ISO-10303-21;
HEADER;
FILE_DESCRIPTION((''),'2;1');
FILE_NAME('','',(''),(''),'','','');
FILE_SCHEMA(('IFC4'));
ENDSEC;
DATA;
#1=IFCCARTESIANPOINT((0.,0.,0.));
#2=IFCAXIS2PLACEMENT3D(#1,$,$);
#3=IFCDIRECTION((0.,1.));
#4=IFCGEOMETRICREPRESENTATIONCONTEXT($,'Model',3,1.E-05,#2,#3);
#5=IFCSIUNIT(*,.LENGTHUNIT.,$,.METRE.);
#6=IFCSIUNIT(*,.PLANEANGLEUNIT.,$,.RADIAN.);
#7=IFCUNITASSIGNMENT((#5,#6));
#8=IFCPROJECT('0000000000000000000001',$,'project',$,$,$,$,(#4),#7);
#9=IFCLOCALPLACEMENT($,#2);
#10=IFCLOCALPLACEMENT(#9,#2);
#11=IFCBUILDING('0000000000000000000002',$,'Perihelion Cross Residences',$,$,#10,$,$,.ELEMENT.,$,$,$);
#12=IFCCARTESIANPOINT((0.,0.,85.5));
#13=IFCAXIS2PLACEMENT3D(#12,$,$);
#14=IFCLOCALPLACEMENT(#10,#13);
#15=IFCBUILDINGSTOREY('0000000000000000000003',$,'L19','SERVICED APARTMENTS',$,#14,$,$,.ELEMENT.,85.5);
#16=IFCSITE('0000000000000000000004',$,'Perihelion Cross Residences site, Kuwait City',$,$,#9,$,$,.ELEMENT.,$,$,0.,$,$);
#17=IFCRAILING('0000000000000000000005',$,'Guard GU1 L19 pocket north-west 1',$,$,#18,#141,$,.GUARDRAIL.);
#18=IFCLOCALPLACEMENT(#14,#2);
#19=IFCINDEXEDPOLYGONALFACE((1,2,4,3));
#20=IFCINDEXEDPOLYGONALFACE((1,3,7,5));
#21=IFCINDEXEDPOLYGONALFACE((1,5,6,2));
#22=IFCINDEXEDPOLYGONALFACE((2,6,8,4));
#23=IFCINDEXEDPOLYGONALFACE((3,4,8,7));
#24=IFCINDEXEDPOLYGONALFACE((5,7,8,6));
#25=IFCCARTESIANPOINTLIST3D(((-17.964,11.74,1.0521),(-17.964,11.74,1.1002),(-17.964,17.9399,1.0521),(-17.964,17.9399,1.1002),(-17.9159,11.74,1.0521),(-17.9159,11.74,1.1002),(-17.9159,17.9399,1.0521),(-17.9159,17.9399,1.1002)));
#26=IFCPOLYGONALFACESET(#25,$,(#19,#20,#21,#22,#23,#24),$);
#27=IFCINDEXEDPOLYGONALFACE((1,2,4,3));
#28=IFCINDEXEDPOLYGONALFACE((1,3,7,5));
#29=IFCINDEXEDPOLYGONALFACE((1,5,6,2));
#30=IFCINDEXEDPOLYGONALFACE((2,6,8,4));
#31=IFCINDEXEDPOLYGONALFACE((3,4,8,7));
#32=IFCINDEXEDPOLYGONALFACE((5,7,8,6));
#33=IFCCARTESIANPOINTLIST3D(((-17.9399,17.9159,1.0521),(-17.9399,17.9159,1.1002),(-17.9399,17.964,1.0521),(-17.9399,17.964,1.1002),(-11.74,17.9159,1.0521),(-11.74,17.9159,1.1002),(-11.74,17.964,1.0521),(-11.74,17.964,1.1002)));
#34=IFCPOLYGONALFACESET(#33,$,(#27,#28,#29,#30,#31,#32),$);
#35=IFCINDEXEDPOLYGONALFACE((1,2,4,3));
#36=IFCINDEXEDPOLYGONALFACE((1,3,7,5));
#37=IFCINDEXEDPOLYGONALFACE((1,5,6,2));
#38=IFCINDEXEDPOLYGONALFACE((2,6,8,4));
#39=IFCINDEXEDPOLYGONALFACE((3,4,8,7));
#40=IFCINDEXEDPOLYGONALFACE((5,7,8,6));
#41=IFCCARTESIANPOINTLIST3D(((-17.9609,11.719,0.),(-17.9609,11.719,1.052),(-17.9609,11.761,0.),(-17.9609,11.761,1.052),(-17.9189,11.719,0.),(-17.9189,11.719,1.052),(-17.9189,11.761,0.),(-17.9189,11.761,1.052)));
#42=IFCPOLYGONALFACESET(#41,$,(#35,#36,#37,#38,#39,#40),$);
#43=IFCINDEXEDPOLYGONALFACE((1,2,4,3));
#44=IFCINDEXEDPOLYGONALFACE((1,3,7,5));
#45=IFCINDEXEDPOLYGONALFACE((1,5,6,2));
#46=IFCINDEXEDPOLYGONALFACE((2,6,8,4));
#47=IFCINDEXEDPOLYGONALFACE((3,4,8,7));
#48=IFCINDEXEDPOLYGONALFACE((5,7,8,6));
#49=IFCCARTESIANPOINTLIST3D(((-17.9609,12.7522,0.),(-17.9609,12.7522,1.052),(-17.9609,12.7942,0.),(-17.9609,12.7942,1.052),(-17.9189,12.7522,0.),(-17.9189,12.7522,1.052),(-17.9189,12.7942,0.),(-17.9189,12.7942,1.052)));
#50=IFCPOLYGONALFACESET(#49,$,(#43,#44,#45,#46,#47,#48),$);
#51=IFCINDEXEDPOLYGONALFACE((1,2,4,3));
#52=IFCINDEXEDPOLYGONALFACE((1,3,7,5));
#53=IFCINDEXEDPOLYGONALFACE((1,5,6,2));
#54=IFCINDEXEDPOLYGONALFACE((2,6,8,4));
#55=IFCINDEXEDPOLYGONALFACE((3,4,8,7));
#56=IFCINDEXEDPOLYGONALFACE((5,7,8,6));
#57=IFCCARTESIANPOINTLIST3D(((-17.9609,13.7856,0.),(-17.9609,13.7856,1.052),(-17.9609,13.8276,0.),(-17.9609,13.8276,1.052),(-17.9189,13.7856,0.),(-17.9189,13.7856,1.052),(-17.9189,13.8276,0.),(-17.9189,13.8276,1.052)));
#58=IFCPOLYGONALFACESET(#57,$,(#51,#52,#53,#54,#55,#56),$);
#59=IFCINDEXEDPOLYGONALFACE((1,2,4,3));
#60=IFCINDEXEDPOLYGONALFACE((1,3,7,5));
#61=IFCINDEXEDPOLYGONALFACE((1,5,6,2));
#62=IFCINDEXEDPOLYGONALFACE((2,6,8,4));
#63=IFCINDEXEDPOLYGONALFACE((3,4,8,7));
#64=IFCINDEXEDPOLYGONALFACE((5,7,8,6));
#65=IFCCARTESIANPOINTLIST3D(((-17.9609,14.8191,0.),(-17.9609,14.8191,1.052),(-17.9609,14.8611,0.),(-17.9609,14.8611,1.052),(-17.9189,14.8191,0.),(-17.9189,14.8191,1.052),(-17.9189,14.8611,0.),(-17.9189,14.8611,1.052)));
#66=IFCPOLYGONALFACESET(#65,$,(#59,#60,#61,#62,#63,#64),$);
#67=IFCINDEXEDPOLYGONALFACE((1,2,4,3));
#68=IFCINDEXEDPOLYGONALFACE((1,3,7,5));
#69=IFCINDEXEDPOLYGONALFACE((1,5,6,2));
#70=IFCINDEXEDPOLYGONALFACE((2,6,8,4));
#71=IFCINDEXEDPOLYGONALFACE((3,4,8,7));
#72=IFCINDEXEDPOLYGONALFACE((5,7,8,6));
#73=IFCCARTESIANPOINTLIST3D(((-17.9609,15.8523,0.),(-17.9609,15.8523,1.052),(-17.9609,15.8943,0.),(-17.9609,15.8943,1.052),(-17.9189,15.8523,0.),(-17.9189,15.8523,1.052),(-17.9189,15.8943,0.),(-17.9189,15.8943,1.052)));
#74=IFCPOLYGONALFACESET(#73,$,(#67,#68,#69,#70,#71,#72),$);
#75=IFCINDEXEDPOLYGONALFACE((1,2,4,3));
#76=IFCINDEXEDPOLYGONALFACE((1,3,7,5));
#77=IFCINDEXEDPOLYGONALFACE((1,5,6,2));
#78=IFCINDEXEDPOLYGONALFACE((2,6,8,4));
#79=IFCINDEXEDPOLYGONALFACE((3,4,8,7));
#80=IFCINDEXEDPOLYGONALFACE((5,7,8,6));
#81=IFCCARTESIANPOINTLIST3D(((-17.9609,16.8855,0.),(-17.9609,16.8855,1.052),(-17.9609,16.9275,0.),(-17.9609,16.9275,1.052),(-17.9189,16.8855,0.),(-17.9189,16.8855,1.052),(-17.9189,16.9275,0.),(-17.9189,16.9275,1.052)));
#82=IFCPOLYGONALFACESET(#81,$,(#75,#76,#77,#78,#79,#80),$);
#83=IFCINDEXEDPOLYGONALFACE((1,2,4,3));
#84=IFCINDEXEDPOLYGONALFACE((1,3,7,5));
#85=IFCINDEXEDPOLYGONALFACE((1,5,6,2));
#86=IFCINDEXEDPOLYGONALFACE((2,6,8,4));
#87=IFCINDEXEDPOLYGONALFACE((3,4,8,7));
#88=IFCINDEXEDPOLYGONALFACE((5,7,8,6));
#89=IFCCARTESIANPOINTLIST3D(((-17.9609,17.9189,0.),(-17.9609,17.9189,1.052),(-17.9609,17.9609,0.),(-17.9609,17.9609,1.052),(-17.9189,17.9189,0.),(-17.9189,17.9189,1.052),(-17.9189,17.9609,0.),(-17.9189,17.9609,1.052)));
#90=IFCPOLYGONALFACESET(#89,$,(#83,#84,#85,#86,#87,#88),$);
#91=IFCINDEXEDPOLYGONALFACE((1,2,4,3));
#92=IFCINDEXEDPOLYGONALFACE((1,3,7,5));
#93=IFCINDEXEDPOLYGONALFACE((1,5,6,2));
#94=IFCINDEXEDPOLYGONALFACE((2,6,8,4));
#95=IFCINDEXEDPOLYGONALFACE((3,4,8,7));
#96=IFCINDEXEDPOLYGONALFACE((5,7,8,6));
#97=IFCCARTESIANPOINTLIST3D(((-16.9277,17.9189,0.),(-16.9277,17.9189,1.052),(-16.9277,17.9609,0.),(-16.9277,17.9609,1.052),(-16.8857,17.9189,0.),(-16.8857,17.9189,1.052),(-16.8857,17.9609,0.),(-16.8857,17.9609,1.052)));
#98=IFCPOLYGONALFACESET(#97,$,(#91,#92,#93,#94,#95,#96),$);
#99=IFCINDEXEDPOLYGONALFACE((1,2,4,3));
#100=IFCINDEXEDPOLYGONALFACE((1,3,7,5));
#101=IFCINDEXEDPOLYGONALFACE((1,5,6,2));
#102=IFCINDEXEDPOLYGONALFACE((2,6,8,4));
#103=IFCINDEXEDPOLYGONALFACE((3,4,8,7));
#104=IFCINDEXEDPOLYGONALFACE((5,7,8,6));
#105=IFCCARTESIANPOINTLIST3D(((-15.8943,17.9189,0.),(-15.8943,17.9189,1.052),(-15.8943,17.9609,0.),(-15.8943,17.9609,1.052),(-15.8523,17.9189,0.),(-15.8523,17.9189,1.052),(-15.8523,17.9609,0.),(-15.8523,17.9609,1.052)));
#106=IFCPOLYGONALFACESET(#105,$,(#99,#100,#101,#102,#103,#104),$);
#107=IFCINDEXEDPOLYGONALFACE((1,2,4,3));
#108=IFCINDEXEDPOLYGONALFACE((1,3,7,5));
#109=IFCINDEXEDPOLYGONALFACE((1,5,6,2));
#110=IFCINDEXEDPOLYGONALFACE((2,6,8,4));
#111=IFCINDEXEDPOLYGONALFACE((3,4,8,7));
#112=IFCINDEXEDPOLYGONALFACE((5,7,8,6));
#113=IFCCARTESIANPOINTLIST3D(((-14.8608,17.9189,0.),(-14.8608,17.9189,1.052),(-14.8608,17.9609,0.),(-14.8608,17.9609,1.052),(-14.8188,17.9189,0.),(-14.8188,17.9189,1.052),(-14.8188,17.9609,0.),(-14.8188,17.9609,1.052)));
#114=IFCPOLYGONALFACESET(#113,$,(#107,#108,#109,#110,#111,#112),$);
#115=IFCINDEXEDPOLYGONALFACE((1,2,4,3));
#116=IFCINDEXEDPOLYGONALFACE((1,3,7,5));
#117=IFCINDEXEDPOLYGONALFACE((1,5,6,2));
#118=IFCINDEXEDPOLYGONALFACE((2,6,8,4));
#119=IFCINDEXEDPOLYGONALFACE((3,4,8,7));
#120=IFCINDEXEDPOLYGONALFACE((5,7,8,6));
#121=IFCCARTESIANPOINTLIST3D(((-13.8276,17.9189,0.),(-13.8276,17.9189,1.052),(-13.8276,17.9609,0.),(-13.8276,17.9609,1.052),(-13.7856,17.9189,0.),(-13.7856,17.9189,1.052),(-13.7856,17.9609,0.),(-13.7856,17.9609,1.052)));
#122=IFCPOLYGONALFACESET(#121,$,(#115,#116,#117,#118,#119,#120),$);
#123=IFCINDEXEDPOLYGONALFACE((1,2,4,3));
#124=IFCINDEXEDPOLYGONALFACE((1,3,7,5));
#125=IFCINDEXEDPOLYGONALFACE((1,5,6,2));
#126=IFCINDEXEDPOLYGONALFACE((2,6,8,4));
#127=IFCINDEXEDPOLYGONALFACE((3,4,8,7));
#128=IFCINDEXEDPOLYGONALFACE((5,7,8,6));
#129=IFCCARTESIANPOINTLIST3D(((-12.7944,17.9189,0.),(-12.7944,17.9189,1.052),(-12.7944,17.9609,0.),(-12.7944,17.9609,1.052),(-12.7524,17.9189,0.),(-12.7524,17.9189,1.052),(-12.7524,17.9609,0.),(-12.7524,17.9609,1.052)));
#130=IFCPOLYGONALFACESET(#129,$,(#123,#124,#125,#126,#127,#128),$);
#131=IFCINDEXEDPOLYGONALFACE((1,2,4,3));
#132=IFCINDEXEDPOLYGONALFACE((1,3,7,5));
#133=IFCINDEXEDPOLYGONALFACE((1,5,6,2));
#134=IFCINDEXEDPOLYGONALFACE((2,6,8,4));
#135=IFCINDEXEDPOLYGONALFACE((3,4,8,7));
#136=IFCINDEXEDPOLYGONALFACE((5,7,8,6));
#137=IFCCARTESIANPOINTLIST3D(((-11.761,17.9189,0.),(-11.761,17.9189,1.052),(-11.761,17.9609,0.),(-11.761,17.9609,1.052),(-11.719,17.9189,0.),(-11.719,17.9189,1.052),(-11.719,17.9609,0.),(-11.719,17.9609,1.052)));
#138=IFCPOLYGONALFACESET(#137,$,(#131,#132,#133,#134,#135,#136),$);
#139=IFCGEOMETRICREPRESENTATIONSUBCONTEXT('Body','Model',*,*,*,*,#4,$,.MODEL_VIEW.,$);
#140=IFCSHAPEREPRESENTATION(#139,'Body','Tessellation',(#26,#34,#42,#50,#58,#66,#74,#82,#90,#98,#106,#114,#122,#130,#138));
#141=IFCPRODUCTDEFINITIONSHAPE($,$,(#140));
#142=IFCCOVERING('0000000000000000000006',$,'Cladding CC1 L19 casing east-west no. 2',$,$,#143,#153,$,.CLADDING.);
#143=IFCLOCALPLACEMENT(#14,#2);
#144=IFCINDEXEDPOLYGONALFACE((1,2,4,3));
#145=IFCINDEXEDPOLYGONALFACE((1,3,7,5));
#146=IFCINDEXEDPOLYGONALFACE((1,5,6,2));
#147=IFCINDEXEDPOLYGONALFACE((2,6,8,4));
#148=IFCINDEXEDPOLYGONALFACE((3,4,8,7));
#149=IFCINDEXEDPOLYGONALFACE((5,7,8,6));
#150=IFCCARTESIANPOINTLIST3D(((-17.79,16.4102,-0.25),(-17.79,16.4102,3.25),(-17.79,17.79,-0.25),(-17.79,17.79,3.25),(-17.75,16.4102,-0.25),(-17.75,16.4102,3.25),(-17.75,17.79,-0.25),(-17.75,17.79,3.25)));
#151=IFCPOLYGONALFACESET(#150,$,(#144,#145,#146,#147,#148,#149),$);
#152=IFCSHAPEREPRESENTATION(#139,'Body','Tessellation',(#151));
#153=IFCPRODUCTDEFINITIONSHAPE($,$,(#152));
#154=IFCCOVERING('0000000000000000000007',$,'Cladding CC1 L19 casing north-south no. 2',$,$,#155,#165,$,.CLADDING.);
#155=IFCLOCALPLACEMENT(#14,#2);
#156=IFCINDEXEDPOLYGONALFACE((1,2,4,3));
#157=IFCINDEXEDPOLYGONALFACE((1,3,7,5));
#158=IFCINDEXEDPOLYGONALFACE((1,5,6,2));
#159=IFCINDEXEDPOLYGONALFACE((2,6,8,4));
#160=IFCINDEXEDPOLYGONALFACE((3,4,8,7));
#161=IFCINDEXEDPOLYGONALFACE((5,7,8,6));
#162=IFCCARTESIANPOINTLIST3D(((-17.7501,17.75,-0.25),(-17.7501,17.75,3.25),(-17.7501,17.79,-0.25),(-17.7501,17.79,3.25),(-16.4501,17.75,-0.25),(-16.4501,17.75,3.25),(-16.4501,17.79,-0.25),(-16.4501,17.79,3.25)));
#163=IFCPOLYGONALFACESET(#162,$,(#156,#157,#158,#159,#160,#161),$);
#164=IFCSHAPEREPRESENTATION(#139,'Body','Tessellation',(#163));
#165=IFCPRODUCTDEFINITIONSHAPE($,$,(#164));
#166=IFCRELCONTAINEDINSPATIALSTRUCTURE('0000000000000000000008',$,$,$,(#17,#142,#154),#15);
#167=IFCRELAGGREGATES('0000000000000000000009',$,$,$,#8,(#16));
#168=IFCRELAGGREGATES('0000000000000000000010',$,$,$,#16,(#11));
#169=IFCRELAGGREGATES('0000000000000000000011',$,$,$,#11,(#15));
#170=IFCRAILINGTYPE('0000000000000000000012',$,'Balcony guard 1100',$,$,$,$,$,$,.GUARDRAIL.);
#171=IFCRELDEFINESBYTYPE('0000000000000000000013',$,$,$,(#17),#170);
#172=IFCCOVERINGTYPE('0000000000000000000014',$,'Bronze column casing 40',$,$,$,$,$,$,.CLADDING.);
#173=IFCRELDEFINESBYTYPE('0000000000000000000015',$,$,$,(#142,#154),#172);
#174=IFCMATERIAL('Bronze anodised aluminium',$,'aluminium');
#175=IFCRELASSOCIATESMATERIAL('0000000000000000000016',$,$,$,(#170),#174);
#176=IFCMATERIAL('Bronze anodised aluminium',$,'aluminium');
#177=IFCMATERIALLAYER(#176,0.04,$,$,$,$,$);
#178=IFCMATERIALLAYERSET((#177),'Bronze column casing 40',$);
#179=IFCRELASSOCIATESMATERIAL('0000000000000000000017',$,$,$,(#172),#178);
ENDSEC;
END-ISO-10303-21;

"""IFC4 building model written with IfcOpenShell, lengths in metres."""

from ifc_helpers import new_model, si_unit, direction, frame, origin, origin_2d, place, context, subcontext, project, spatial, rectangle, extrude, material, layer, layer_set, type_object, element, save


model = new_model("IFC4")

# Units and contexts
model_context = context("Model", 3, precision=1e-05, world=origin(), true_north=direction((0.0, 1.0)))
body_context = subcontext(model_context, "Body", "Model", "MODEL_VIEW")
ifc_project = project(units=[si_unit("LENGTHUNIT", "METRE"), si_unit("PLANEANGLEUNIT", "RADIAN")], contexts=[model_context])

# Site, building, storey
site_placement = place(None, origin())
site = spatial("IfcSite", under=ifc_project, at=site_placement, Name="Perihelion Cross Residences site, Kuwait City", CompositionType="ELEMENT", RefElevation=0.0)
building_placement = place(site_placement, origin())
building = spatial("IfcBuilding", under=site, at=building_placement, Name="Perihelion Cross Residences", CompositionType="ELEMENT")
storey_placement = place(building_placement, frame((0.0, 0.0, 85.5)))
storey = spatial("IfcBuildingStorey", under=building, at=storey_placement, Name="L19", Description="SERVICED APARTMENTS", CompositionType="ELEMENT", Elevation=85.5)

# Railing
ifc_material_1 = material(Name="Bronze anodised aluminium", Category="aluminium")
railing_type = type_object("IfcRailingType", Name="Balcony guard 1100", PredefinedType="GUARDRAIL", material=ifc_material_1)
railing_1_placement = place(storey_placement, frame((-17.9399, 11.74, 0.0)))
element("IfcRailing", 1, at=railing_1_placement, inside=storey, type_object=railing_type, Name="Guard GU1 L19 pocket north-west 1", PredefinedType="GUARDRAIL", context=body_context, shape_type="SweptSolid", body=[
    extrude(rectangle(XDim=0.0481, YDim=0.0481, at=origin_2d()), frame((0.0, 0.0, 1.0762), z_axis=(0.0, 1.0, 0.0), x_axis=(-1.0, 0.0, 0.0)), (0.0, 0.0, 1.0), 6.2),
    extrude(rectangle(XDim=0.0481, YDim=0.0481, at=origin_2d()), frame((0.0, 6.2, 1.0762), z_axis=(1.0, 0.0, 0.0), x_axis=(0.0, 1.0, 0.0)), (0.0, 0.0, 1.0), 6.2),
    extrude(rectangle(XDim=0.042, YDim=0.042, at=origin_2d()), origin(), (0.0, 0.0, 1.0), 1.052),
    extrude(rectangle(XDim=0.042, YDim=0.042, at=origin_2d()), frame((0.0, 1.0332, 0.0)), (0.0, 0.0, 1.0), 1.052),
    extrude(rectangle(XDim=0.042, YDim=0.042, at=origin_2d()), frame((0.0, 2.0667, 0.0)), (0.0, 0.0, 1.0), 1.052),
    extrude(rectangle(XDim=0.042, YDim=0.042, at=origin_2d()), frame((0.0, 3.1001, 0.0)), (0.0, 0.0, 1.0), 1.052),
    extrude(rectangle(XDim=0.042, YDim=0.042, at=origin_2d()), frame((0.0, 4.1333, 0.0)), (0.0, 0.0, 1.0), 1.052),
    extrude(rectangle(XDim=0.042, YDim=0.042, at=origin_2d()), frame((0.0, 5.1665, 0.0)), (0.0, 0.0, 1.0), 1.052),
    extrude(rectangle(XDim=0.042, YDim=0.042, at=origin_2d()), frame((0.0, 6.2, 0.0)), (0.0, 0.0, 1.0), 1.052),
    extrude(rectangle(XDim=0.042, YDim=0.042, at=origin_2d()), frame((1.0332, 6.2, 0.0)), (0.0, 0.0, 1.0), 1.052),
    extrude(rectangle(XDim=0.042, YDim=0.042, at=origin_2d()), frame((2.0667, 6.2, 0.0)), (0.0, 0.0, 1.0), 1.052),
    extrude(rectangle(XDim=0.042, YDim=0.042, at=origin_2d()), frame((3.1001, 6.2, 0.0)), (0.0, 0.0, 1.0), 1.052),
    extrude(rectangle(XDim=0.042, YDim=0.042, at=origin_2d()), frame((4.1333, 6.2, 0.0)), (0.0, 0.0, 1.0), 1.052),
    extrude(rectangle(XDim=0.042, YDim=0.042, at=origin_2d()), frame((5.1665, 6.2, 0.0)), (0.0, 0.0, 1.0), 1.052),
    extrude(rectangle(XDim=0.042, YDim=0.042, at=origin_2d()), frame((6.2, 6.2, 0.0)), (0.0, 0.0, 1.0), 1.052),
])

# Coverings
ifc_material_2 = material(Name="Bronze anodised aluminium", Category="aluminium")
ifc_layer_1 = layer(ifc_material_2, 0.04)
ifc_layer_set_1 = layer_set([ifc_layer_1], Name="Bronze column casing 40")
covering_type = type_object("IfcCoveringType", Name="Bronze column casing 40", PredefinedType="CLADDING", material=ifc_layer_set_1)
covering_1_placement = place(storey_placement, frame((-17.77, 17.1001, -0.25), z_axis=(0.0, 0.0, 1.0), x_axis=(1.0, 0.0, 0.0)))
element("IfcCovering", 2, at=covering_1_placement, inside=storey, type_object=covering_type, Name="Cladding CC1 L19 casing east-west no. 2", PredefinedType="CLADDING", context=body_context, shape_type="SweptSolid", body=[
    extrude(rectangle(XDim=0.04, YDim=1.3799, at=origin_2d()), origin(), (0.0, 0.0, 1.0), 3.5),
])
covering_2_placement = place(storey_placement, frame((-17.1001, 17.77, -0.25), z_axis=(0.0, 0.0, 1.0), x_axis=(1.0, 0.0, 0.0)))
element("IfcCovering", 3, at=covering_2_placement, inside=storey, type_object=covering_type, Name="Cladding CC1 L19 casing north-south no. 2", PredefinedType="CLADDING", context=body_context, shape_type="SweptSolid", body=[
    extrude(rectangle(XDim=1.3, YDim=0.04, at=origin_2d()), origin(), (0.0, 0.0, 1.0), 3.5),
])

save(model, "model.ifc")
